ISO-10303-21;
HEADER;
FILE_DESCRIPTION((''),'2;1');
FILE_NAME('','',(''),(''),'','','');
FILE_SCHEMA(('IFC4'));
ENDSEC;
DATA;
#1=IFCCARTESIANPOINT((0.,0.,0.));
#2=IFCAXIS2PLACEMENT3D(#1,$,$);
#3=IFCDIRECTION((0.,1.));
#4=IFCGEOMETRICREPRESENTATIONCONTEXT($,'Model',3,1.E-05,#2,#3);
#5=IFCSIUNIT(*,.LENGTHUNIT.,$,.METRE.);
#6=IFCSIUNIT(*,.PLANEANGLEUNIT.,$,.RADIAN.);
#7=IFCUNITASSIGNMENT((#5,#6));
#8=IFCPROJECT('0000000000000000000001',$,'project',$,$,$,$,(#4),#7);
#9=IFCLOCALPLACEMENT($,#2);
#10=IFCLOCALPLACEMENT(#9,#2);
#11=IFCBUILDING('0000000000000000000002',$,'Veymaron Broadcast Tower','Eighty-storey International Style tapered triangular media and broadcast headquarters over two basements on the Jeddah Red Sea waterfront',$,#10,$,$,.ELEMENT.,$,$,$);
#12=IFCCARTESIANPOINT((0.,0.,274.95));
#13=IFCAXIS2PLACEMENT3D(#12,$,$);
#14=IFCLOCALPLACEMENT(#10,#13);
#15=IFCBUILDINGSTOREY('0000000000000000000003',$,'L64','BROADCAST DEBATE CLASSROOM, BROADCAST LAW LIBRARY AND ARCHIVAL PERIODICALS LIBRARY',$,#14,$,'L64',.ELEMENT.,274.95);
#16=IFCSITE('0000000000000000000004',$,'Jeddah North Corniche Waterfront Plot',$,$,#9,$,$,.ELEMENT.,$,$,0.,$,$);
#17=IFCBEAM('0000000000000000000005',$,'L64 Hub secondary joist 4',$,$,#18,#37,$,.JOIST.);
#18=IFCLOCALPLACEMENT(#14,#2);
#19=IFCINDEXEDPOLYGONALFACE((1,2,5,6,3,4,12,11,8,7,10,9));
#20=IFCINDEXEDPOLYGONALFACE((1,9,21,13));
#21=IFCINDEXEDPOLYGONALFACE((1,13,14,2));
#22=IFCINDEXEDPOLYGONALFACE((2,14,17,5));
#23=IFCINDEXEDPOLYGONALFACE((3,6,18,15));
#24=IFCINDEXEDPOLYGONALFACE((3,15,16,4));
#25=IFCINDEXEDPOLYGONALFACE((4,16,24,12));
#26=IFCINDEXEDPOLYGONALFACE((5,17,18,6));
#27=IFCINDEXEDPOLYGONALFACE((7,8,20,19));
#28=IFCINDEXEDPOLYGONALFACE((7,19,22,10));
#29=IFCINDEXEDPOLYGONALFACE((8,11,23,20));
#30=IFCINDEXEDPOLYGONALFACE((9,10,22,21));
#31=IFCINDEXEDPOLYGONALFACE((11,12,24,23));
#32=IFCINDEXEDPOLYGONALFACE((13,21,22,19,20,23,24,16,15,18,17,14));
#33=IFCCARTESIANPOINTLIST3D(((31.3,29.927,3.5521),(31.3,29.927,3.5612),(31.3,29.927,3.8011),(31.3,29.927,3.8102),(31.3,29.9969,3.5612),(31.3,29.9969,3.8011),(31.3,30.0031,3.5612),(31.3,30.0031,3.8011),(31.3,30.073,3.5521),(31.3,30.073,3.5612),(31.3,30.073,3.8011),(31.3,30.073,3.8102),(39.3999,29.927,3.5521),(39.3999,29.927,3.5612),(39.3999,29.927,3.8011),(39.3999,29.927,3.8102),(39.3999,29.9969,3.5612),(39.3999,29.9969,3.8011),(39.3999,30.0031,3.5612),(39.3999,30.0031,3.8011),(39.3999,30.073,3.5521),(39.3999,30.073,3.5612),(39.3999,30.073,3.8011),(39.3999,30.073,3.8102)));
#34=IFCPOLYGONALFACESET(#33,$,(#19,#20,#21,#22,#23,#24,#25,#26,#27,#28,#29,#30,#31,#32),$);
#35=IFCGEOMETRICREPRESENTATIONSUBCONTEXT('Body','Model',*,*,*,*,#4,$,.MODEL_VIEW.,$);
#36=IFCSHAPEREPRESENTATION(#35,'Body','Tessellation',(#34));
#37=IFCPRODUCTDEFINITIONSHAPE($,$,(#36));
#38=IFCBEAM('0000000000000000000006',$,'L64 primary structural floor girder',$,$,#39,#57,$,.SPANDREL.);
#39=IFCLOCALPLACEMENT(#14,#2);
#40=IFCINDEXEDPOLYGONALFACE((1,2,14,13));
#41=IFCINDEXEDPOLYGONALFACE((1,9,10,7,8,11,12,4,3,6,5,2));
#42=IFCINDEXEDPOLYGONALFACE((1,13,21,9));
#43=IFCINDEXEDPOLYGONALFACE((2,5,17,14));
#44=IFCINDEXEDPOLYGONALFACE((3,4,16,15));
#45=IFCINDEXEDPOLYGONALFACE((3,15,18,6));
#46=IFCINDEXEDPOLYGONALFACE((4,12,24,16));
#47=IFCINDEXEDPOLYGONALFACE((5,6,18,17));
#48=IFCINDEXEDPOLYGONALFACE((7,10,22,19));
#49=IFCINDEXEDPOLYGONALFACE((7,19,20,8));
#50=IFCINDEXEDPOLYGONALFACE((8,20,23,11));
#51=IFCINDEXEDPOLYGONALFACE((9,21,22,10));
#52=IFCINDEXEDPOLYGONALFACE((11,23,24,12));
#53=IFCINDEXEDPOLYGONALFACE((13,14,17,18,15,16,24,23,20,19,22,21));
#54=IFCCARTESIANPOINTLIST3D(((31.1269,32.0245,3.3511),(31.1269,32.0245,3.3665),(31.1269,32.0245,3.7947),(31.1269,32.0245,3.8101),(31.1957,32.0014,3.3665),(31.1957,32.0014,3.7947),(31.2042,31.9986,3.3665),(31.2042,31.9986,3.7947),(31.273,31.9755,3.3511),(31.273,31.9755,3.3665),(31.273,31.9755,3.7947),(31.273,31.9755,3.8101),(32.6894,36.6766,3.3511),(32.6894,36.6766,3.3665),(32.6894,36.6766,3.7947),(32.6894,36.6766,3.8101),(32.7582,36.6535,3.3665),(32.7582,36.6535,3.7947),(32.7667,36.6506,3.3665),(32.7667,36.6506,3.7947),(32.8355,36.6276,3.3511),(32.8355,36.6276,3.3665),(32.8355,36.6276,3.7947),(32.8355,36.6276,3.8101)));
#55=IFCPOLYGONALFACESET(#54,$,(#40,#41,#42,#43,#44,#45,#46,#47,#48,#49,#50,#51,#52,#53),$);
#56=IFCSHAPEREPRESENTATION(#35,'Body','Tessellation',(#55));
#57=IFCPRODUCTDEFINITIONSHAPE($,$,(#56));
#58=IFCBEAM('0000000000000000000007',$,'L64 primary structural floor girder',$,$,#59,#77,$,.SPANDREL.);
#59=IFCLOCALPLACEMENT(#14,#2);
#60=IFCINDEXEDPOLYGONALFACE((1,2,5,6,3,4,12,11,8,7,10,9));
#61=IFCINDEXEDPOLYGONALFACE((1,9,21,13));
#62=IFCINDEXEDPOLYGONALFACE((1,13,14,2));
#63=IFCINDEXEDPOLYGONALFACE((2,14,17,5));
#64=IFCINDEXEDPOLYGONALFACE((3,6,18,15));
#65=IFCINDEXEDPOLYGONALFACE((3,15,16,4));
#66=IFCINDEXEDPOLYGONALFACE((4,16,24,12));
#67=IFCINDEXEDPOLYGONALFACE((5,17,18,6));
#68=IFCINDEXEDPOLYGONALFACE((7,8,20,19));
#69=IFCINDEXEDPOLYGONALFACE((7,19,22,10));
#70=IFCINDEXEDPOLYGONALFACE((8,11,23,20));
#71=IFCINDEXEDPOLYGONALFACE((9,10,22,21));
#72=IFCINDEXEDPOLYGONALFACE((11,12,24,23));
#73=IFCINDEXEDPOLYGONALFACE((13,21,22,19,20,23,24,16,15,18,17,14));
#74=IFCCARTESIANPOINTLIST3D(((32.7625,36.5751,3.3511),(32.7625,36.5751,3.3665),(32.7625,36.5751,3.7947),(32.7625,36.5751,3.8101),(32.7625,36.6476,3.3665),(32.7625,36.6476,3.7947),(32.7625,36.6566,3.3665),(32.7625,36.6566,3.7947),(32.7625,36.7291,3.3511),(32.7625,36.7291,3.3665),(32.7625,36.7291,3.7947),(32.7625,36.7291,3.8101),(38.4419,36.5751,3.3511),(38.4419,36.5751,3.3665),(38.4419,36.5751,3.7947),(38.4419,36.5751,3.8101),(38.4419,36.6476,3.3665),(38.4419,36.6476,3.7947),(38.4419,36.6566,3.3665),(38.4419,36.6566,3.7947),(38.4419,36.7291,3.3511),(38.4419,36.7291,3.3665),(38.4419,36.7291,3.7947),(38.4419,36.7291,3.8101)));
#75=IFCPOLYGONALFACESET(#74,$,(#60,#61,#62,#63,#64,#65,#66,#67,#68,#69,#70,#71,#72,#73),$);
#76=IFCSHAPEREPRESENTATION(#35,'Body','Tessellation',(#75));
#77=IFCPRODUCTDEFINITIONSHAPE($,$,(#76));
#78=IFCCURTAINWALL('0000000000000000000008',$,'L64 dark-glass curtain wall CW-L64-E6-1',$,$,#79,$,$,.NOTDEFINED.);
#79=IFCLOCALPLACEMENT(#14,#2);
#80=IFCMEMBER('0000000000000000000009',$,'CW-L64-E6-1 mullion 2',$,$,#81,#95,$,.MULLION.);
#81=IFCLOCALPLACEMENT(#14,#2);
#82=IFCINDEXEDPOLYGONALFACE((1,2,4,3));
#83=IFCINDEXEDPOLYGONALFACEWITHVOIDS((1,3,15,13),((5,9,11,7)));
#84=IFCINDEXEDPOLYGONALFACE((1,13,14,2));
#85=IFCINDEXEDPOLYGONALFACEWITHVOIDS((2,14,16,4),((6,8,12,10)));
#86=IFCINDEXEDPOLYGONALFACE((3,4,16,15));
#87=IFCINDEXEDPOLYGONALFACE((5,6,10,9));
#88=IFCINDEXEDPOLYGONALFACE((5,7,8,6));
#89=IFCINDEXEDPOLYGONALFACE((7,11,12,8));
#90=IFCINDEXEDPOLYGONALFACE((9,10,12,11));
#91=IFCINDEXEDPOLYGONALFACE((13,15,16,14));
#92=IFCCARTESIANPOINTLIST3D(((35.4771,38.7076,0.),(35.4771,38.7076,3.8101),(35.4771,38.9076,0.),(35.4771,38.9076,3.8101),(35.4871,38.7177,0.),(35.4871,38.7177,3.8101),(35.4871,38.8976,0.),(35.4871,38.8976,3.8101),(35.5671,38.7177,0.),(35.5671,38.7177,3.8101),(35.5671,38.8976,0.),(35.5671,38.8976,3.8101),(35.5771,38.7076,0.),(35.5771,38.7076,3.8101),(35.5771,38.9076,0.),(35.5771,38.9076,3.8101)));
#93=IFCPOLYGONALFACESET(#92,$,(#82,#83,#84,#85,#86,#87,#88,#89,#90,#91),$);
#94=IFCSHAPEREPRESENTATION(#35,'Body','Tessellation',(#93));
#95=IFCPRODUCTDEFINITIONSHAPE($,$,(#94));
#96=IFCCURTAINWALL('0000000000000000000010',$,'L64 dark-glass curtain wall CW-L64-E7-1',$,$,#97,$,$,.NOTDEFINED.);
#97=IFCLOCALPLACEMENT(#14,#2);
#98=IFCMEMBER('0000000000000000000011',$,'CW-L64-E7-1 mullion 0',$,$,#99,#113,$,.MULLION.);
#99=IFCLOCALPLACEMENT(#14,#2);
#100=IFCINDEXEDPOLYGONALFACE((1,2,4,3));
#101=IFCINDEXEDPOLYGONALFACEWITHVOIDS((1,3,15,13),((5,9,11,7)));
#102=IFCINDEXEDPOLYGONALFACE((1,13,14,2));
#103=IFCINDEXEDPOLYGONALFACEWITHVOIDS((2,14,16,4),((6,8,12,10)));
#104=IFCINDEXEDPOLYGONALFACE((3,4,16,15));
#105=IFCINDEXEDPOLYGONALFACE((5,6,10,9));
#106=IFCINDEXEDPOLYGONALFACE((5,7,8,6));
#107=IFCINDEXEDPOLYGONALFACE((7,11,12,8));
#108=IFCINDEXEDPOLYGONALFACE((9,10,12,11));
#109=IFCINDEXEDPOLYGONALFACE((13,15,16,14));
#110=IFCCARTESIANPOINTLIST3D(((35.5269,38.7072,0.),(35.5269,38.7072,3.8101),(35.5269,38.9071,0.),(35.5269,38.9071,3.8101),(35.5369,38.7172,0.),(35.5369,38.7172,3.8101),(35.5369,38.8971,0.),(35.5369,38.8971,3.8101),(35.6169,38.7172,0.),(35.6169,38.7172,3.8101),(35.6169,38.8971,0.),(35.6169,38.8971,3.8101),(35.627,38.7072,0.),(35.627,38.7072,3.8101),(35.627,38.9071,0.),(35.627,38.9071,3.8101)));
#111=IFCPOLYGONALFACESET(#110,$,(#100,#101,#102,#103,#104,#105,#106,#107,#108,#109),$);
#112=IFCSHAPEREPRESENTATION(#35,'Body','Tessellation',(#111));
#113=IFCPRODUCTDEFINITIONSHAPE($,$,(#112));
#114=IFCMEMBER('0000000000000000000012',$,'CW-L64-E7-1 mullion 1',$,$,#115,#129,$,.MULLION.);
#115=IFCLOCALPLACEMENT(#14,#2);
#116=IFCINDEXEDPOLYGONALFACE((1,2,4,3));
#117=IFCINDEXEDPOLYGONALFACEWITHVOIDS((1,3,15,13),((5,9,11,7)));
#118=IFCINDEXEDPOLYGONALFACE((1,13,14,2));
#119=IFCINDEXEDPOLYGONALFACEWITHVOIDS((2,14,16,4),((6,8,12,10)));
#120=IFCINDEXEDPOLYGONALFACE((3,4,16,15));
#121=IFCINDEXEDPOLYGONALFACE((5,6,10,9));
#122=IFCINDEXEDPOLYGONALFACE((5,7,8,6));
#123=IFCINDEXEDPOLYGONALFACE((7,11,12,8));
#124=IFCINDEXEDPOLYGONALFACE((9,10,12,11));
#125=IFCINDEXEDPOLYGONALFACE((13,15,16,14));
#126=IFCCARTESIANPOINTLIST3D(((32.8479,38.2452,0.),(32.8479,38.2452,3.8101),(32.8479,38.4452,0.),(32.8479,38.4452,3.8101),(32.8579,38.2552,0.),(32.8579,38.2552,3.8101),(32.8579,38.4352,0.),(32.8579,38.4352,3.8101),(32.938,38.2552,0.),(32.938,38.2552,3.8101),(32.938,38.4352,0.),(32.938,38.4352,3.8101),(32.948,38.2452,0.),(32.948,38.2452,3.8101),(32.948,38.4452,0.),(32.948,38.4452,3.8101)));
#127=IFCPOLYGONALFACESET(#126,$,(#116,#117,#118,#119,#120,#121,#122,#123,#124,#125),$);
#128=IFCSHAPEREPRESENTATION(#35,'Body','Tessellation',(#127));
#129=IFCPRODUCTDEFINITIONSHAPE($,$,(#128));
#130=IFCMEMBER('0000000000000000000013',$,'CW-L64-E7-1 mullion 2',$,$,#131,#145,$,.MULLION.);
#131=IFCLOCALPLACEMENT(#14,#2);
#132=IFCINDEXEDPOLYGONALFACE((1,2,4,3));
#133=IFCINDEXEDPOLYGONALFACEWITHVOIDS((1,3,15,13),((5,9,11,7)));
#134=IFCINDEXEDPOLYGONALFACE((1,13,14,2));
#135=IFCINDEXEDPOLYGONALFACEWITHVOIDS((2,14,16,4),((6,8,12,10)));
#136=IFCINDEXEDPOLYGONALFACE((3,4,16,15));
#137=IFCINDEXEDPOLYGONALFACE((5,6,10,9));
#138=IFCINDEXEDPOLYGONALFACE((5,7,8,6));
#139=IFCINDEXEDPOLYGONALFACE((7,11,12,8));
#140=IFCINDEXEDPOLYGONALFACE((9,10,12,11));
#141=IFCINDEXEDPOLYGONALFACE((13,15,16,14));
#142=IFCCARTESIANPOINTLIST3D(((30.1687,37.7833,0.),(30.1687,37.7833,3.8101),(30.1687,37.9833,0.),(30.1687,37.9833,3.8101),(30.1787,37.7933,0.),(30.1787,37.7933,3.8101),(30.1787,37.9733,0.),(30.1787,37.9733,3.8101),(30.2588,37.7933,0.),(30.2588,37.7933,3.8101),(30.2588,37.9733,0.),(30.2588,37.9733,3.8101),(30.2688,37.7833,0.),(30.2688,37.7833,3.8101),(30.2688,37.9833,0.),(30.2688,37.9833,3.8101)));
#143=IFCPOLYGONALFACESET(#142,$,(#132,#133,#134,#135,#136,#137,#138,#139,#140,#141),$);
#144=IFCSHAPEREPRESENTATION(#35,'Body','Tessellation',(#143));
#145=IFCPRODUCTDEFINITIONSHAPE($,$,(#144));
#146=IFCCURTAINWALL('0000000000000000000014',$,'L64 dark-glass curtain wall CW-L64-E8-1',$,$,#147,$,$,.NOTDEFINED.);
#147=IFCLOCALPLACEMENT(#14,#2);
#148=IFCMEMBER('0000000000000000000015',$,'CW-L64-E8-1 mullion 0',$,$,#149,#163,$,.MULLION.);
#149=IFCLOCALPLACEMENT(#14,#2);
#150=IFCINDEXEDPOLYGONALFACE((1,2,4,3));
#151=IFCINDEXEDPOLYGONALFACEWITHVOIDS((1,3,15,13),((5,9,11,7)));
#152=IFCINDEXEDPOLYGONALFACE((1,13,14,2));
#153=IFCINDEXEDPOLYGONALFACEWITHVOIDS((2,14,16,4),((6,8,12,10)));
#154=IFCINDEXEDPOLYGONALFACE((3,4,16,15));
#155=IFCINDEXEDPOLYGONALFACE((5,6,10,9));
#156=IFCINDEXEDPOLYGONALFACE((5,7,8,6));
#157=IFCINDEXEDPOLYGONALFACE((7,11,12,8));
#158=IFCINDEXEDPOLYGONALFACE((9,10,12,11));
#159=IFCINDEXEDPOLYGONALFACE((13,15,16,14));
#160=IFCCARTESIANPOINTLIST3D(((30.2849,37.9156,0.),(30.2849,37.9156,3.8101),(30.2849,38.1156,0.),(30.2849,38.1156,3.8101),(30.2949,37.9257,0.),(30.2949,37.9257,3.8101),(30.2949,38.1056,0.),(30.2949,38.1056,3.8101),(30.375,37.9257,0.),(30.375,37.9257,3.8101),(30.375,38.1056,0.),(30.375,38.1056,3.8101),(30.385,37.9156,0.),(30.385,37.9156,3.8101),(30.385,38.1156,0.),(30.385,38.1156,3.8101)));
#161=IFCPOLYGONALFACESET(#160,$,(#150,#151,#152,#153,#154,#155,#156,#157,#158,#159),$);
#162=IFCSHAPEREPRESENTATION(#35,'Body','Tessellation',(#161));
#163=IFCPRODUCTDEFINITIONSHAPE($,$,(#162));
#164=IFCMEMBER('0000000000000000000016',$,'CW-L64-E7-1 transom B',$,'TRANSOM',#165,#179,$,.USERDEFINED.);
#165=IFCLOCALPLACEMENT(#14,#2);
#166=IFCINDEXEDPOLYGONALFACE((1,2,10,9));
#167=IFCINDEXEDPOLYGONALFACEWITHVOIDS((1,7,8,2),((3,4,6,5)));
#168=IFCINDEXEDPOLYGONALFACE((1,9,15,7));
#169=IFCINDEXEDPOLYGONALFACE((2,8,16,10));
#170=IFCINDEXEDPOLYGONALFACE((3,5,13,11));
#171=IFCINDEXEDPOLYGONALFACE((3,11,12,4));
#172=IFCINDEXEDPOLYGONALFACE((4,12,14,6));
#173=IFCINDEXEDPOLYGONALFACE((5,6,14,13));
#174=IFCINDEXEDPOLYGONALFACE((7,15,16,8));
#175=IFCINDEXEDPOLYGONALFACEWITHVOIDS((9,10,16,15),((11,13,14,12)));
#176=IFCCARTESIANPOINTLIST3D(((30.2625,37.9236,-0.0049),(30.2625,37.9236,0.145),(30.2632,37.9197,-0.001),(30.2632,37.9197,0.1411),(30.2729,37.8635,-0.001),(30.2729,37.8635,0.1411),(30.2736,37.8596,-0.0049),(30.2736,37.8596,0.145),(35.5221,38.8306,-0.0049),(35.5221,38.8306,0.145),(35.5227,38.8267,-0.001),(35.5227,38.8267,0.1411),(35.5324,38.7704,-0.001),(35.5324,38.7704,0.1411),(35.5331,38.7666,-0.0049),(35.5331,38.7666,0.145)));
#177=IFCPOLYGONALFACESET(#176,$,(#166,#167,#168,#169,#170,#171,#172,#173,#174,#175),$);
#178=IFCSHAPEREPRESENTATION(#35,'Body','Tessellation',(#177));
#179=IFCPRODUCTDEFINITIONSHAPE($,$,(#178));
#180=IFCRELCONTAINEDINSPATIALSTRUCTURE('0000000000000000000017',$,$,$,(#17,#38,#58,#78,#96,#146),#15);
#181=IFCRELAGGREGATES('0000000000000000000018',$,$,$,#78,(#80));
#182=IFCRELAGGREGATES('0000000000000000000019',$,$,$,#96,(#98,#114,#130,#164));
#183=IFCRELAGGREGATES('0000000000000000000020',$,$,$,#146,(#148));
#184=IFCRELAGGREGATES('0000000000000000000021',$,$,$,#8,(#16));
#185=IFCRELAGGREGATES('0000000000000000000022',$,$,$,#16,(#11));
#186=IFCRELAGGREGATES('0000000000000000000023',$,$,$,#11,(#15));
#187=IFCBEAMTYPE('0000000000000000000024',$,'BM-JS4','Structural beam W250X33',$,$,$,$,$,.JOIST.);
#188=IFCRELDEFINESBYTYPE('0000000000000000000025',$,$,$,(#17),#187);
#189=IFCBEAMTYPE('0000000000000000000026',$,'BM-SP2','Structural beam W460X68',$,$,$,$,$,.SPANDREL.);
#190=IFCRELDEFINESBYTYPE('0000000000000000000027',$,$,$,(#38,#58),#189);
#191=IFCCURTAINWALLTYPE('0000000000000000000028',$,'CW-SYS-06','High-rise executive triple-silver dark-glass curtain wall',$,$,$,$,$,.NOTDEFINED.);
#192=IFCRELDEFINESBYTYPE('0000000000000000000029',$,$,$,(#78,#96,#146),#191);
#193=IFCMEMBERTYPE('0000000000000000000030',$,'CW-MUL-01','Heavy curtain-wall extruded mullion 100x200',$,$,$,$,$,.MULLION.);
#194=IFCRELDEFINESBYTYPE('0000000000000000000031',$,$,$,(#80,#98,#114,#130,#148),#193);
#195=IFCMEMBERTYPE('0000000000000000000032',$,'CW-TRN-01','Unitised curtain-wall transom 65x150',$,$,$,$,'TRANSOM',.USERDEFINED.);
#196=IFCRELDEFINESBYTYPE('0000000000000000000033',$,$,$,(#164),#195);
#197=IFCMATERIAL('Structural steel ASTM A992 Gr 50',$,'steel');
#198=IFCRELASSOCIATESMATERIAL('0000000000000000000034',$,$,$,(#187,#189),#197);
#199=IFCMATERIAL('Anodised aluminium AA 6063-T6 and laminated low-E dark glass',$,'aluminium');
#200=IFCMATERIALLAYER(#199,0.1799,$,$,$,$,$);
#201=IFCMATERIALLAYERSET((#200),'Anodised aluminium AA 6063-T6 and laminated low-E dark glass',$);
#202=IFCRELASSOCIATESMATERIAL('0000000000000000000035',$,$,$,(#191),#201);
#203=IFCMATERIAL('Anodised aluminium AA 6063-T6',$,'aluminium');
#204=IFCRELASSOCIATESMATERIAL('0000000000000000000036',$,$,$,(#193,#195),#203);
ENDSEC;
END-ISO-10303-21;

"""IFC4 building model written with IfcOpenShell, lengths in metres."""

from ifc_helpers import new_model, si_unit, direction, frame, origin, origin_2d, place, context, subcontext, project, spatial, hollow_rectangle, i_section, extrude, material, layer, layer_set, material_profile, profile_set, type_object, element, aggregate, save


model = new_model("IFC4")

# Units and contexts
model_context = context("Model", 3, precision=1e-05, world=origin(), true_north=direction((0.0, 1.0)))
body_context = subcontext(model_context, "Body", "Model", "MODEL_VIEW")
ifc_project = project(units=[si_unit("LENGTHUNIT", "METRE"), si_unit("PLANEANGLEUNIT", "RADIAN")], contexts=[model_context])

# Site, building, storey
site_placement = place(None, origin())
site = spatial("IfcSite", under=ifc_project, at=site_placement, Name="Jeddah North Corniche Waterfront Plot", CompositionType="ELEMENT", RefElevation=0.0)
building_placement = place(site_placement, origin())
building = spatial("IfcBuilding", under=site, at=building_placement, Name="Veymaron Broadcast Tower", Description="Eighty-storey International Style tapered triangular media and broadcast headquarters over two basements on the Jeddah Red Sea waterfront", CompositionType="ELEMENT")
storey_placement = place(building_placement, frame((0.0, 0.0, 274.95)))
storey = spatial("IfcBuildingStorey", under=building, at=storey_placement, Name="L64", Description="BROADCAST DEBATE CLASSROOM, BROADCAST LAW LIBRARY AND ARCHIVAL PERIODICALS LIBRARY", LongName="L64", CompositionType="ELEMENT", Elevation=274.95)

# Shared definitions
ifc_material_1 = material(Name="Structural steel ASTM A992 Gr 50", Category="steel")

# Beams
ifc_material_profile_1 = material_profile(ifc_material_1, i_section(OverallWidth=0.146, OverallDepth=0.2581, WebThickness=0.0061, FlangeThickness=0.009, at=origin_2d()), Name="W250X33")
ifc_profile_set_1 = profile_set([ifc_material_profile_1], Name="Structural steel ASTM A992 Gr 50")
beam_type_1 = type_object("IfcBeamType", Name="BM-JS4", Description="Structural beam W250X33", PredefinedType="JOIST", material=ifc_profile_set_1)
for number, where, z_axis, x_axis, name in (
    (1, (31.3, 30.0, 3.6812), (1.0, 0.0, 0.0), (0.0, 1.0, 0.0), "L64 Hub secondary joist 4"),
):
    element("IfcBeam", number, at=place(storey_placement, frame(where, z_axis=z_axis, x_axis=x_axis)), inside=storey, type_object=beam_type_1, Name=name, PredefinedType="JOIST", context=body_context, shape_type="SweptSolid", body=[
        extrude(i_section(OverallWidth=0.146, OverallDepth=0.2581, WebThickness=0.0061, FlangeThickness=0.009, at=origin_2d()), origin(), (0.0, 0.0, 1.0), 8.0999),
    ])
ifc_material_profile_2 = material_profile(ifc_material_1, i_section(OverallWidth=0.1541, OverallDepth=0.459, WebThickness=0.009, FlangeThickness=0.0154, at=origin_2d()), Name="W460X68")
ifc_profile_set_2 = profile_set([ifc_material_profile_2], Name="Structural steel ASTM A992 Gr 50")
beam_type_2 = type_object("IfcBeamType", Name="BM-SP2", Description="Structural beam W460X68", PredefinedType="SPANDREL", material=ifc_profile_set_2)
beam_1_placement = place(storey_placement, frame((31.2, 32.0, 3.5806), z_axis=(0.318391, 0.947959, 0.0), x_axis=(-0.947959, 0.318391, 0.0)))
element("IfcBeam", 2, at=beam_1_placement, inside=storey, type_object=beam_type_2, Name="L64 primary structural floor girder", PredefinedType="SPANDREL", context=body_context, shape_type="SweptSolid", body=[
    extrude(i_section(OverallWidth=0.1541, OverallDepth=0.459, WebThickness=0.009, FlangeThickness=0.0154, at=origin_2d()), origin(), (0.0, 0.0, 1.0), 4.9075),
])
beam_2_placement = place(storey_placement, frame((32.7625, 36.6521, 3.5806), z_axis=(1.0, 0.0, 0.0), x_axis=(0.0, 1.0, 0.0)))
element("IfcBeam", 3, at=beam_2_placement, inside=storey, type_object=beam_type_2, Name="L64 primary structural floor girder", PredefinedType="SPANDREL", context=body_context, shape_type="SweptSolid", body=[
    extrude(i_section(OverallWidth=0.1541, OverallDepth=0.459, WebThickness=0.009, FlangeThickness=0.0154, at=origin_2d()), origin(), (0.0, 0.0, 1.0), 5.6794),
])

# Curtain wall, member
ifc_material_2 = material(Name="Anodised aluminium AA 6063-T6 and laminated low-E dark glass", Category="aluminium")
ifc_layer_1 = layer(ifc_material_2, 0.1799)
ifc_layer_set_1 = layer_set([ifc_layer_1], Name="Anodised aluminium AA 6063-T6 and laminated low-E dark glass")
curtain_wall_type = type_object("IfcCurtainWallType", Name="CW-SYS-06", Description="High-rise executive triple-silver dark-glass curtain wall", PredefinedType="NOTDEFINED", material=ifc_layer_set_1)
curtain_wall_1_placement = place(storey_placement, origin())
curtain_wall_1 = element("IfcCurtainWall", 4, at=curtain_wall_1_placement, inside=storey, type_object=curtain_wall_type, Name="L64 dark-glass curtain wall CW-L64-E6-1", PredefinedType="NOTDEFINED")
ifc_material_3 = material(Name="Anodised aluminium AA 6063-T6", Category="aluminium")
ifc_material_profile_3 = material_profile(ifc_material_3, hollow_rectangle(XDim=0.1001, YDim=0.2, WallThickness=0.01, at=origin_2d()), Name="RHS200X100X10")
ifc_profile_set_3 = profile_set([ifc_material_profile_3], Name="Anodised aluminium AA 6063-T6")
member_type_1 = type_object("IfcMemberType", Name="CW-MUL-01", Description="Heavy curtain-wall extruded mullion 100x200", PredefinedType="MULLION", material=ifc_profile_set_3)
member_1_placement = place(storey_placement, frame((35.5271, 38.8076, 0.0), z_axis=(0.0, 0.0, 1.0), x_axis=(1.0, 0.0, 0.0)))
member_1 = element("IfcMember", 5, at=member_1_placement, type_object=member_type_1, Name="CW-L64-E6-1 mullion 2", PredefinedType="MULLION", context=body_context, shape_type="SweptSolid", body=[
    extrude(hollow_rectangle(XDim=0.1001, YDim=0.2, WallThickness=0.01, at=origin_2d()), origin(), (0.0, 0.0, 1.0), 3.8101),
])
aggregate(curtain_wall_1, [member_1])

# Curtain wall, members
curtain_wall_2_placement = place(storey_placement, origin())
curtain_wall_2 = element("IfcCurtainWall", 6, at=curtain_wall_2_placement, inside=storey, type_object=curtain_wall_type, Name="L64 dark-glass curtain wall CW-L64-E7-1", PredefinedType="NOTDEFINED")
member_2_placement = place(storey_placement, frame((35.5769, 38.8071, 0.0), z_axis=(0.0, 0.0, 1.0), x_axis=(1.0, 0.0, 0.0)))
member_2 = element("IfcMember", 7, at=member_2_placement, type_object=member_type_1, Name="CW-L64-E7-1 mullion 0", PredefinedType="MULLION", context=body_context, shape_type="SweptSolid", body=[
    extrude(hollow_rectangle(XDim=0.1001, YDim=0.2, WallThickness=0.01, at=origin_2d()), origin(), (0.0, 0.0, 1.0), 3.8101),
])
member_3_placement = place(storey_placement, frame((32.8979, 38.3452, 0.0), z_axis=(0.0, 0.0, 1.0), x_axis=(1.0, 0.0, 0.0)))
member_3 = element("IfcMember", 8, at=member_3_placement, type_object=member_type_1, Name="CW-L64-E7-1 mullion 1", PredefinedType="MULLION", context=body_context, shape_type="SweptSolid", body=[
    extrude(hollow_rectangle(XDim=0.1001, YDim=0.2, WallThickness=0.01, at=origin_2d()), origin(), (0.0, 0.0, 1.0), 3.8101),
])
member_4_placement = place(storey_placement, frame((30.2188, 37.8833, 0.0), z_axis=(0.0, 0.0, 1.0), x_axis=(1.0, 0.0, 0.0)))
member_4 = element("IfcMember", 9, at=member_4_placement, type_object=member_type_1, Name="CW-L64-E7-1 mullion 2", PredefinedType="MULLION", context=body_context, shape_type="SweptSolid", body=[
    extrude(hollow_rectangle(XDim=0.1001, YDim=0.2, WallThickness=0.01, at=origin_2d()), origin(), (0.0, 0.0, 1.0), 3.8101),
])

# Curtain wall, member
curtain_wall_3_placement = place(storey_placement, origin())
curtain_wall_3 = element("IfcCurtainWall", 10, at=curtain_wall_3_placement, inside=storey, type_object=curtain_wall_type, Name="L64 dark-glass curtain wall CW-L64-E8-1", PredefinedType="NOTDEFINED")
member_5_placement = place(storey_placement, frame((30.335, 38.0156, 0.0), z_axis=(0.0, 0.0, 1.0), x_axis=(1.0, 0.0, 0.0)))
member_5 = element("IfcMember", 11, at=member_5_placement, type_object=member_type_1, Name="CW-L64-E8-1 mullion 0", PredefinedType="MULLION", context=body_context, shape_type="SweptSolid", body=[
    extrude(hollow_rectangle(XDim=0.1001, YDim=0.2, WallThickness=0.01, at=origin_2d()), origin(), (0.0, 0.0, 1.0), 3.8101),
])

# Member
ifc_material_profile_4 = material_profile(ifc_material_3, hollow_rectangle(XDim=0.0649, YDim=0.1499, WallThickness=0.0039, at=origin_2d()), Name="AL150X65X4")
ifc_profile_set_4 = profile_set([ifc_material_profile_4], Name="Anodised aluminium AA 6063-T6")
member_type_2 = type_object("IfcMemberType", Name="CW-TRN-01", Description="Unitised curtain-wall transom 65x150", ElementType="TRANSOM", PredefinedType="USERDEFINED", material=ifc_profile_set_4)
member_6_placement = place(storey_placement, frame((35.5276, 38.7986, 0.0701), z_axis=(-0.985455, -0.169938, 0.0), x_axis=(0.169938, -0.985455, 0.0)))
member_6 = element("IfcMember", 12, at=member_6_placement, type_object=member_type_2, Name="CW-L64-E7-1 transom B", ObjectType="TRANSOM", PredefinedType="USERDEFINED", context=body_context, shape_type="SweptSolid", body=[
    extrude(hollow_rectangle(XDim=0.0649, YDim=0.1499, WallThickness=0.0039, at=origin_2d()), origin(), (0.0, 0.0, 1.0), 5.3372),
])

aggregate(curtain_wall_2, [member_2, member_3, member_4, member_6])
aggregate(curtain_wall_3, [member_5])

save(model, "model.ifc")
